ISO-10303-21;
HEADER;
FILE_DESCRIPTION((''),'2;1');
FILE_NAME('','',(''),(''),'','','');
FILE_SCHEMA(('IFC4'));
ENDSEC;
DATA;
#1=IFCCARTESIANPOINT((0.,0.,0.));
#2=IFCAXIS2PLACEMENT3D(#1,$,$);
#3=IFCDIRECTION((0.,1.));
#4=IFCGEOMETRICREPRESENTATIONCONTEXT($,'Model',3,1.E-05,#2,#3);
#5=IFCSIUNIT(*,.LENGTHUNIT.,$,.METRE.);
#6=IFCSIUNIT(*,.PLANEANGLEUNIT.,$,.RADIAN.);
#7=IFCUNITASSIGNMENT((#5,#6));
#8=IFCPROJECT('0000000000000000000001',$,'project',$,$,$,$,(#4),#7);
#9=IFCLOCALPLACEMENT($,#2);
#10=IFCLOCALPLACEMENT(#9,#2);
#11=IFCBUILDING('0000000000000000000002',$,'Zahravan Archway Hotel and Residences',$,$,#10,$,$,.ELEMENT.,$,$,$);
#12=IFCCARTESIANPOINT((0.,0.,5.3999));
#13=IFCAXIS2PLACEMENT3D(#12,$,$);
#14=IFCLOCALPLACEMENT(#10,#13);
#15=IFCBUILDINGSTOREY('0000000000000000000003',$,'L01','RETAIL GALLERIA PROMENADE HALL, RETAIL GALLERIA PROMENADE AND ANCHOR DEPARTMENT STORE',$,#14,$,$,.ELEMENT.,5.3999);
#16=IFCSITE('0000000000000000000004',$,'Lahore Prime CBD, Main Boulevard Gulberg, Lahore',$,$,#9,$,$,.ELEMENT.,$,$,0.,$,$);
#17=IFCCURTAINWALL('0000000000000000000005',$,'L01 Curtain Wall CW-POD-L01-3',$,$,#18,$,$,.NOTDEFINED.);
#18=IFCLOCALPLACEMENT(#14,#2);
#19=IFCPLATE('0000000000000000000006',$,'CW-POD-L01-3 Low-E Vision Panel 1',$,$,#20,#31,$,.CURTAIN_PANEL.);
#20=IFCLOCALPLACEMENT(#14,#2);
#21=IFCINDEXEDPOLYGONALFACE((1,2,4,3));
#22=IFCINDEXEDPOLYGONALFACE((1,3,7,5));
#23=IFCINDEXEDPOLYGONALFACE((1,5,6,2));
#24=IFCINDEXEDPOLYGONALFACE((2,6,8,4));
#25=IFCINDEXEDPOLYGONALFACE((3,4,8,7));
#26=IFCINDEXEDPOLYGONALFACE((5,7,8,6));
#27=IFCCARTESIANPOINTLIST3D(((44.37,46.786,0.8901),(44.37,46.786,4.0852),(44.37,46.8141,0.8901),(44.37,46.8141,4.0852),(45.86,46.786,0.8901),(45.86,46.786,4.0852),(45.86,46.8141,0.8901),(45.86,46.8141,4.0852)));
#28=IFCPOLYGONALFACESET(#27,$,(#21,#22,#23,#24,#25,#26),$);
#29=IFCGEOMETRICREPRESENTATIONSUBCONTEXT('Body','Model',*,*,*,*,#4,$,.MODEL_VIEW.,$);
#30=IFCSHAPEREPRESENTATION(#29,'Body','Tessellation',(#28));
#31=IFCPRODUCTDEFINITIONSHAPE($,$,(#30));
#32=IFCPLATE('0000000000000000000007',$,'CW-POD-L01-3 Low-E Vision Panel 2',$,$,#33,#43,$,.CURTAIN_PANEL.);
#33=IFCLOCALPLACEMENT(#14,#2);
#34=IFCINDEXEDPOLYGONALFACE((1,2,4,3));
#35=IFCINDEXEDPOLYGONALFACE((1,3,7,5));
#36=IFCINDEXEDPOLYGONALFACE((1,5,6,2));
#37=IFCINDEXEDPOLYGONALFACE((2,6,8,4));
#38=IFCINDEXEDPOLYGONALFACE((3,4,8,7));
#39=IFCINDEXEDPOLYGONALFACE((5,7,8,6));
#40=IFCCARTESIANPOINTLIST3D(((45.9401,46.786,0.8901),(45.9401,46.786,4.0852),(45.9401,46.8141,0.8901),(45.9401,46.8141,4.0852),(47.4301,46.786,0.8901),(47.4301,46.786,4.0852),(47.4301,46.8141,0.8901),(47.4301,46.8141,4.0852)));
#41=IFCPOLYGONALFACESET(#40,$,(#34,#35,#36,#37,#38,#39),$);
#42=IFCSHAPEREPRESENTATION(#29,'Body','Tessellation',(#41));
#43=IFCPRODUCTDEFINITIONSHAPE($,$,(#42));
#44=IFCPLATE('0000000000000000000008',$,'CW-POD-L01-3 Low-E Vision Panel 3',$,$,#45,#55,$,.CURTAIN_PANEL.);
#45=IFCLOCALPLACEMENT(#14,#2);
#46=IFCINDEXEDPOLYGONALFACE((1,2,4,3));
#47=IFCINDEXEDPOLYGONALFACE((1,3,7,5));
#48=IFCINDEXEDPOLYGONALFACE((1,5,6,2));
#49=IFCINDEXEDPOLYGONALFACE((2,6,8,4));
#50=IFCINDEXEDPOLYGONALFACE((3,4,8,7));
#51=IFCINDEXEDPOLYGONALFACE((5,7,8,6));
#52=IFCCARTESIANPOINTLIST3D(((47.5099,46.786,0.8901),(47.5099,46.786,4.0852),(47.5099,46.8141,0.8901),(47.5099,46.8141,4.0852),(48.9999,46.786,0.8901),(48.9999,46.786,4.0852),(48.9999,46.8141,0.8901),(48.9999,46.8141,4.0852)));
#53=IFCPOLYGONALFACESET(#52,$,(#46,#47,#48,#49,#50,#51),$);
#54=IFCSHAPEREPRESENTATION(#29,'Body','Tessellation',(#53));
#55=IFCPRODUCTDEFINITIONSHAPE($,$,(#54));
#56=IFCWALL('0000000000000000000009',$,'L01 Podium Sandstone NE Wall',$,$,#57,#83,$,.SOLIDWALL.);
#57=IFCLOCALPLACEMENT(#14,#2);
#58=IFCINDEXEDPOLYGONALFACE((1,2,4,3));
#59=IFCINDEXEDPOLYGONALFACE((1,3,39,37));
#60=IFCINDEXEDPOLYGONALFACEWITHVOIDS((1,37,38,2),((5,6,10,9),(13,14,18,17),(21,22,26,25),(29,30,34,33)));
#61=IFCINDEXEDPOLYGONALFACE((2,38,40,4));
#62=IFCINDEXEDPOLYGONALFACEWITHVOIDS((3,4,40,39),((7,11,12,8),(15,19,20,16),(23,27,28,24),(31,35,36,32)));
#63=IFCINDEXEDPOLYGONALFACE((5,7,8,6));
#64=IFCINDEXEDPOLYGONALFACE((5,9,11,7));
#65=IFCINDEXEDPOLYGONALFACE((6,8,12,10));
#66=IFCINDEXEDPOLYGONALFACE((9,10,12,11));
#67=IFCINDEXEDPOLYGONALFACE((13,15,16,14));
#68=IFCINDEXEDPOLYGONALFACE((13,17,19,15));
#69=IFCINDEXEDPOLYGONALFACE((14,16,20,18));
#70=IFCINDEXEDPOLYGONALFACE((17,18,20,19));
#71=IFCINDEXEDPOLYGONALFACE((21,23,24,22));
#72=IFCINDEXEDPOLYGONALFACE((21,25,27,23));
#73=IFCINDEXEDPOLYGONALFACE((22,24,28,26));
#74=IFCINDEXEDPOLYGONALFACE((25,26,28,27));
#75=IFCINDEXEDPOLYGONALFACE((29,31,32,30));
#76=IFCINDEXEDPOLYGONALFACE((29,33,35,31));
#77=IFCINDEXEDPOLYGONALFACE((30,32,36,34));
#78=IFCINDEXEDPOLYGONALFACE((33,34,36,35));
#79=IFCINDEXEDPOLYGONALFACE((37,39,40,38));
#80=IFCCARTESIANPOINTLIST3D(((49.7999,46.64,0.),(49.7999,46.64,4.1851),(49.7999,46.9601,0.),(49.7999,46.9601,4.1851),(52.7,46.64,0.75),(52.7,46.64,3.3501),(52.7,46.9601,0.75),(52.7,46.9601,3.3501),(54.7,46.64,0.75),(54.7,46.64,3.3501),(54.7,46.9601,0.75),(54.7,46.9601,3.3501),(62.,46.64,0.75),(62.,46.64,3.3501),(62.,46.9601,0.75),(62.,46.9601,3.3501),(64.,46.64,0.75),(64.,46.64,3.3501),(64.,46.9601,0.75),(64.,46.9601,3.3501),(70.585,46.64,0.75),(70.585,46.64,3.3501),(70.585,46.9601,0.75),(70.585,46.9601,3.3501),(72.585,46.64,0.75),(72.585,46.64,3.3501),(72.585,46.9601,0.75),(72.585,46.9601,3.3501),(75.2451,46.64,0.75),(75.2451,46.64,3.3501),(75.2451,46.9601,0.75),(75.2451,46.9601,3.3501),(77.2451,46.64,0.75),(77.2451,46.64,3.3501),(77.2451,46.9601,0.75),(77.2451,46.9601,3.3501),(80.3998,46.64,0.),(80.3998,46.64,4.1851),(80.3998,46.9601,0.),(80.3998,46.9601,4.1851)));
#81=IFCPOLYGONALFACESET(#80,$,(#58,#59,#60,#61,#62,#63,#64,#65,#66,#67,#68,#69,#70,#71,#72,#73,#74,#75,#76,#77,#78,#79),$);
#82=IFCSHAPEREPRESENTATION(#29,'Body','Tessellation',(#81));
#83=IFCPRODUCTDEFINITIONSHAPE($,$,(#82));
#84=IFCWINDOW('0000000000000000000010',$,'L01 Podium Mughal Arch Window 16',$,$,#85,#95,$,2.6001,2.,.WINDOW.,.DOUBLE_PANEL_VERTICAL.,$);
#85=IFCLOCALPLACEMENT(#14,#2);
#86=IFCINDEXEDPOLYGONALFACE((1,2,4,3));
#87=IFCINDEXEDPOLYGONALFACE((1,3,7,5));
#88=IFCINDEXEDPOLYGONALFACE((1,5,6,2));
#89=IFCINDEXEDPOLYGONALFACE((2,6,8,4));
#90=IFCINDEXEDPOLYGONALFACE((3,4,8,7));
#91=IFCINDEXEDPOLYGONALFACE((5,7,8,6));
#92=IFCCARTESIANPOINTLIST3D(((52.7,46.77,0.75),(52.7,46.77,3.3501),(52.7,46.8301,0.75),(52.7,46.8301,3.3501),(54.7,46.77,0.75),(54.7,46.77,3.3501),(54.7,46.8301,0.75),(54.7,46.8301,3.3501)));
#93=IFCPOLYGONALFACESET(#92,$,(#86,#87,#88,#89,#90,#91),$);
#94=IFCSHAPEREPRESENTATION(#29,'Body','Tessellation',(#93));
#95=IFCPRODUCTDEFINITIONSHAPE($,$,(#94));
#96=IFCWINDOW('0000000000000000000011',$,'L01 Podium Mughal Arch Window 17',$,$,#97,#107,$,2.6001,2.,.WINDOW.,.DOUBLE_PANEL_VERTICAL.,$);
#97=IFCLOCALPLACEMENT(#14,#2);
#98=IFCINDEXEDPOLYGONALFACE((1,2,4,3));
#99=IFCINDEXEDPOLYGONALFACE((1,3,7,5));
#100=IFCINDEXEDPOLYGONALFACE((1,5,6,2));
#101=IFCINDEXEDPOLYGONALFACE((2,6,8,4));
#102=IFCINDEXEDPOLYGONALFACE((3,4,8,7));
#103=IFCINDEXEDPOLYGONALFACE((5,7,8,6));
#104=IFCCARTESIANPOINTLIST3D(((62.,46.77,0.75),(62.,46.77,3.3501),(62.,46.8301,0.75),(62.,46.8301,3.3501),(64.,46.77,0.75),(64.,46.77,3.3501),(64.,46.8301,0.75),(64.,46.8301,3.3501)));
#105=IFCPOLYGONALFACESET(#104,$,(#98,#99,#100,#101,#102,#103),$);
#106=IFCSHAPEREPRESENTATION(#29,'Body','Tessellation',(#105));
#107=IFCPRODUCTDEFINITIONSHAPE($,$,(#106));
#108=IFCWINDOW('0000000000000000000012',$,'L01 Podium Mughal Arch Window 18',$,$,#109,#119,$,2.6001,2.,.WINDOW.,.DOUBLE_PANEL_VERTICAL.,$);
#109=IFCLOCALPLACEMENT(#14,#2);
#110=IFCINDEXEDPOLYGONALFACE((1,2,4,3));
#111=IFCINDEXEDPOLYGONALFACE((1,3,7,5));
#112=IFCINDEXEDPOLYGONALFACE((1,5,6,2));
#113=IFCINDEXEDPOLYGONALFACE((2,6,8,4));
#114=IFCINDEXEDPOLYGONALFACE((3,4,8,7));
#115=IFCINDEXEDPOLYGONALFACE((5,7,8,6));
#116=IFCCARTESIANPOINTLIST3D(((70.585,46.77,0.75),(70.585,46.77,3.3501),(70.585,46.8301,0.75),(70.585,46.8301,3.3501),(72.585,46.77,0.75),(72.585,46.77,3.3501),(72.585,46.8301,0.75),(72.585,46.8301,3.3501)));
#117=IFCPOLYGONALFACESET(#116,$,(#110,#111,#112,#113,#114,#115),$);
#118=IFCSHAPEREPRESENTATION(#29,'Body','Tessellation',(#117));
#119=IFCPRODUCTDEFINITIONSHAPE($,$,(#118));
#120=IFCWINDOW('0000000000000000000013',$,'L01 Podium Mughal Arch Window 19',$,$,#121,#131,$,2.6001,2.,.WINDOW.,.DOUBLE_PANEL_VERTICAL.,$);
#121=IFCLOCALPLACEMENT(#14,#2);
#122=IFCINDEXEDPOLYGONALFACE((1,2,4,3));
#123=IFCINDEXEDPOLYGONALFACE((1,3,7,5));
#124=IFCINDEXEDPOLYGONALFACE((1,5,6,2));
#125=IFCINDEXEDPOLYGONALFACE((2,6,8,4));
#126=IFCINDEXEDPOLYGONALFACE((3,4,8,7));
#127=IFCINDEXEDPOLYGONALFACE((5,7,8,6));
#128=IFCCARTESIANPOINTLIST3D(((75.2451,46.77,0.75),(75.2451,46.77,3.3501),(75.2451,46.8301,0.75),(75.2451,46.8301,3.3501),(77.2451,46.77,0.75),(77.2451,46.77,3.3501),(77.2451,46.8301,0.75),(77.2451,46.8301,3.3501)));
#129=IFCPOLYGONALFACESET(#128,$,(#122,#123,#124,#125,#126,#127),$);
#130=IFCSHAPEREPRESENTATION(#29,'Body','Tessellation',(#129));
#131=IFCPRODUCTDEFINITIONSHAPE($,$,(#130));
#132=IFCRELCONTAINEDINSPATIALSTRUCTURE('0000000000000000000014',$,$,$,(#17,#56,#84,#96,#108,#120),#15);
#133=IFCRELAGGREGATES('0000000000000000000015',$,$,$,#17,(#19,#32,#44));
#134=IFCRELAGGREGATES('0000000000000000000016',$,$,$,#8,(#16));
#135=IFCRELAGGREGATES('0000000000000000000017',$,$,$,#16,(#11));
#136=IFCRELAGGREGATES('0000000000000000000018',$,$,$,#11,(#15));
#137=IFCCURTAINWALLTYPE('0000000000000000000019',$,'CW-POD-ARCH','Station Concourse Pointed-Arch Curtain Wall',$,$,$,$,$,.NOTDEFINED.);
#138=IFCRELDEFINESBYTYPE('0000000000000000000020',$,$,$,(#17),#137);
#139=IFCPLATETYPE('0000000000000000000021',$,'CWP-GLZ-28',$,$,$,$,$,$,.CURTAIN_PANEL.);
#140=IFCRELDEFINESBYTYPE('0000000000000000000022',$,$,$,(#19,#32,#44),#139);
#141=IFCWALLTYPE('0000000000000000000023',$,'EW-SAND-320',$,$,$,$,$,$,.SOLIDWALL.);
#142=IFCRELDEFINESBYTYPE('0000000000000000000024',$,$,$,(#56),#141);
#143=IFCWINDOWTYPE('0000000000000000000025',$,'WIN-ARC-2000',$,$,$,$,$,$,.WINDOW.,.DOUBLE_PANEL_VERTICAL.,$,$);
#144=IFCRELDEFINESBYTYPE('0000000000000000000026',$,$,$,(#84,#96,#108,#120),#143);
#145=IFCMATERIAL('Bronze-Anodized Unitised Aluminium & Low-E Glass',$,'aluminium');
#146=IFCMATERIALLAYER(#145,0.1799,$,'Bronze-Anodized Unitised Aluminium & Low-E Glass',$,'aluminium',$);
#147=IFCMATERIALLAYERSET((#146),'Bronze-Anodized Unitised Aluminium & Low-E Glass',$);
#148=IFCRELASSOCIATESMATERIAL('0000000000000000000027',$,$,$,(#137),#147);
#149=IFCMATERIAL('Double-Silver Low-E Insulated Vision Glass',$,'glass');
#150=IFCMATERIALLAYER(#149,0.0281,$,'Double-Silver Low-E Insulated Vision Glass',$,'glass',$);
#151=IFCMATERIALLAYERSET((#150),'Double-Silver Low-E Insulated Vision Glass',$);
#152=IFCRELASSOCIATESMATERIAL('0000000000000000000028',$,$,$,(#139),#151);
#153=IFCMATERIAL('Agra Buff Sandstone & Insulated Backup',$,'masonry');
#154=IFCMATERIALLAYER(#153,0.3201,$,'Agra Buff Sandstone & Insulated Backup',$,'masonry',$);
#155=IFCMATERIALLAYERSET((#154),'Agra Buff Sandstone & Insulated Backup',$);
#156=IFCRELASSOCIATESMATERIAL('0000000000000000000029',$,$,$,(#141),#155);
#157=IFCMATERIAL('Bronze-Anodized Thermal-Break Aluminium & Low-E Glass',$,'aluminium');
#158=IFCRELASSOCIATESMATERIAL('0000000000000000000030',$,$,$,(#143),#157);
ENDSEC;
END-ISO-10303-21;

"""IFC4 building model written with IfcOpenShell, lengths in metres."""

from ifc_helpers import new_model, si_unit, direction, frame, frame_2d, origin, origin_2d, place, context, subcontext, project, spatial, rectangle, extrude, source, transform, mapped, material, layer, layer_set, type_object, type_shapes, element, fill, aggregate, save


model = new_model("IFC4")

# Units and contexts
model_context = context("Model", 3, precision=1e-05, world=origin(), true_north=direction((0.0, 1.0)))
body_context = subcontext(model_context, "Body", "Model", "MODEL_VIEW")
ifc_project = project(units=[si_unit("LENGTHUNIT", "METRE"), si_unit("PLANEANGLEUNIT", "RADIAN")], contexts=[model_context])

# Site, building, storey
site_placement = place(None, origin())
site = spatial("IfcSite", under=ifc_project, at=site_placement, Name="Lahore Prime CBD, Main Boulevard Gulberg, Lahore", CompositionType="ELEMENT", RefElevation=0.0)
building_placement = place(site_placement, origin())
building = spatial("IfcBuilding", under=site, at=building_placement, Name="Zahravan Archway Hotel and Residences", CompositionType="ELEMENT")
storey_placement = place(building_placement, frame((0.0, 0.0, 5.3999)))
storey = spatial("IfcBuildingStorey", under=building, at=storey_placement, Name="L01", Description="RETAIL GALLERIA PROMENADE HALL, RETAIL GALLERIA PROMENADE AND ANCHOR DEPARTMENT STORE", CompositionType="ELEMENT", Elevation=5.3999)

# Curtain wall, plates
ifc_material_1 = material(Name="Bronze-Anodized Unitised Aluminium & Low-E Glass", Category="aluminium")
ifc_layer_1 = layer(ifc_material_1, 0.1799, Name="Bronze-Anodized Unitised Aluminium & Low-E Glass", Category="aluminium")
ifc_layer_set_1 = layer_set([ifc_layer_1], Name="Bronze-Anodized Unitised Aluminium & Low-E Glass")
curtain_wall_type = type_object("IfcCurtainWallType", Name="CW-POD-ARCH", Description="Station Concourse Pointed-Arch Curtain Wall", PredefinedType="NOTDEFINED", material=ifc_layer_set_1)
curtain_wall_placement = place(storey_placement, origin())
curtain_wall = element("IfcCurtainWall", 1, at=curtain_wall_placement, inside=storey, type_object=curtain_wall_type, Name="L01 Curtain Wall CW-POD-L01-3", PredefinedType="NOTDEFINED")
ifc_material_2 = material(Name="Double-Silver Low-E Insulated Vision Glass", Category="glass")
ifc_layer_2 = layer(ifc_material_2, 0.0281, Name="Double-Silver Low-E Insulated Vision Glass", Category="glass")
ifc_layer_set_2 = layer_set([ifc_layer_2], Name="Double-Silver Low-E Insulated Vision Glass")
plate_type_1 = type_object("IfcPlateType", Name="CWP-GLZ-28", PredefinedType="CURTAIN_PANEL", material=ifc_layer_set_2)
shared_shape_1 = source(origin(), body_context, "Body", "SweptSolid", [
    extrude(rectangle(XDim=1.49, YDim=0.0281, at=origin_2d()), origin(), (0.0, 0.0, 1.0), 3.1951),
])
plate_1_placement = place(storey_placement, frame((45.115, 46.8, 0.8901), z_axis=(0.0, 0.0, 1.0), x_axis=(1.0, 0.0, 0.0)))
plate_1 = element("IfcPlate", 2, at=plate_1_placement, type_object=plate_type_1, Name="CW-POD-L01-3 Low-E Vision Panel 1", PredefinedType="CURTAIN_PANEL", context=body_context, shape_type="MappedRepresentation", body=[
    mapped(shared_shape_1, transform((0.0, 0.0, 0.0), scale=1.0)),
])
plate_2_placement = place(storey_placement, frame((46.6851, 46.8, 0.8901), z_axis=(0.0, 0.0, 1.0), x_axis=(1.0, 0.0, 0.0)))
plate_2 = element("IfcPlate", 3, at=plate_2_placement, type_object=plate_type_1, Name="CW-POD-L01-3 Low-E Vision Panel 2", PredefinedType="CURTAIN_PANEL", context=body_context, shape_type="MappedRepresentation", body=[
    mapped(shared_shape_1, transform((0.0, 0.0, 0.0), scale=1.0)),
])
plate_3_placement = place(storey_placement, frame((48.2549, 46.8, 0.8901), z_axis=(0.0, 0.0, 1.0), x_axis=(1.0, 0.0, 0.0)))
plate_3 = element("IfcPlate", 4, at=plate_3_placement, type_object=plate_type_1, Name="CW-POD-L01-3 Low-E Vision Panel 3", PredefinedType="CURTAIN_PANEL", context=body_context, shape_type="MappedRepresentation", body=[
    mapped(shared_shape_1, transform((0.0, 0.0, 0.0), scale=1.0)),
])
aggregate(curtain_wall, [plate_1, plate_2, plate_3])

# Wall, openings, windows
ifc_material_3 = material(Name="Agra Buff Sandstone & Insulated Backup", Category="masonry")
ifc_layer_3 = layer(ifc_material_3, 0.3201, Name="Agra Buff Sandstone & Insulated Backup", Category="masonry")
ifc_layer_set_3 = layer_set([ifc_layer_3], Name="Agra Buff Sandstone & Insulated Backup")
wall_type = type_object("IfcWallType", Name="EW-SAND-320", PredefinedType="SOLIDWALL", material=ifc_layer_set_3)
wall_placement = place(storey_placement, frame((49.8, 46.8, 0.0), z_axis=(0.0, 0.0, 1.0), x_axis=(1.0, 0.0, 0.0)))
wall = element("IfcWall", 5, at=wall_placement, inside=storey, type_object=wall_type, Name="L01 Podium Sandstone NE Wall", PredefinedType="SOLIDWALL", context=body_context, shape_type="SweptSolid", body=[
    extrude(rectangle(XDim=30.5999, YDim=0.3201, at=frame_2d((15.2998, 0.0))), origin(), (0.0, 0.0, 1.0), 4.1851),
])
opening_1_placement = place(wall_placement, frame((2.8999, 0.0, 0.75)))
opening_1 = element("IfcOpeningElement", 6, at=opening_1_placement, cuts=wall, PredefinedType="OPENING", context=body_context, shape_type="SweptSolid", body=[
    extrude(rectangle(XDim=2.0, YDim=2.6001, at=frame_2d((1.0, 1.3))), frame((0.0, 0.1699, 0.0), z_axis=(0.0, -1.0, 0.0), x_axis=(1.0, 0.0, 0.0)), (0.0, 0.0, 1.0), 0.3401),
])
opening_2_placement = place(wall_placement, frame((12.2, 0.0, 0.75)))
opening_2 = element("IfcOpeningElement", 7, at=opening_2_placement, cuts=wall, PredefinedType="OPENING", context=body_context, shape_type="SweptSolid", body=[
    extrude(rectangle(XDim=2.0, YDim=2.6001, at=frame_2d((1.0, 1.3))), frame((0.0, 0.1699, 0.0), z_axis=(0.0, -1.0, 0.0), x_axis=(1.0, 0.0, 0.0)), (0.0, 0.0, 1.0), 0.3401),
])
opening_3_placement = place(wall_placement, frame((20.7849, 0.0, 0.75)))
opening_3 = element("IfcOpeningElement", 8, at=opening_3_placement, cuts=wall, PredefinedType="OPENING", context=body_context, shape_type="SweptSolid", body=[
    extrude(rectangle(XDim=2.0, YDim=2.6001, at=frame_2d((1.0, 1.3))), frame((0.0, 0.1699, 0.0), z_axis=(0.0, -1.0, 0.0), x_axis=(1.0, 0.0, 0.0)), (0.0, 0.0, 1.0), 0.3401),
])
opening_4_placement = place(wall_placement, frame((25.4451, 0.0, 0.75)))
opening_4 = element("IfcOpeningElement", 9, at=opening_4_placement, cuts=wall, PredefinedType="OPENING", context=body_context, shape_type="SweptSolid", body=[
    extrude(rectangle(XDim=2.0, YDim=2.6001, at=frame_2d((1.0, 1.3))), frame((0.0, 0.1699, 0.0), z_axis=(0.0, -1.0, 0.0), x_axis=(1.0, 0.0, 0.0)), (0.0, 0.0, 1.0), 0.3401),
])
ifc_material_4 = material(Name="Bronze-Anodized Thermal-Break Aluminium & Low-E Glass", Category="aluminium")
window_type = type_object("IfcWindowType", Name="WIN-ARC-2000", PartitioningType="DOUBLE_PANEL_VERTICAL", PredefinedType="WINDOW", material=ifc_material_4)
shared_shape_2 = source(origin(), body_context, "Body", "SweptSolid", [
    extrude(rectangle(XDim=2.0, YDim=2.6001, at=frame_2d((1.0, 1.3))), frame((0.0, 0.03, 0.0), z_axis=(0.0, -1.0, 0.0), x_axis=(1.0, 0.0, 0.0)), (0.0, 0.0, 1.0), 0.0601),
])
type_shapes(window_type, [shared_shape_2])
window_1_placement = place(opening_1_placement, origin())
window_1 = element("IfcWindow", 10, at=window_1_placement, inside=storey, type_object=window_type, Name="L01 Podium Mughal Arch Window 16", OverallHeight=2.6001, OverallWidth=2.0, PartitioningType="DOUBLE_PANEL_VERTICAL", PredefinedType="WINDOW", context=body_context, shape_type="MappedRepresentation", body=[
    mapped(shared_shape_2, transform((0.0, 0.0, 0.0), scale=1.0)),
])
fill(opening_1, window_1)
window_2_placement = place(opening_2_placement, origin())
window_2 = element("IfcWindow", 11, at=window_2_placement, inside=storey, type_object=window_type, Name="L01 Podium Mughal Arch Window 17", OverallHeight=2.6001, OverallWidth=2.0, PartitioningType="DOUBLE_PANEL_VERTICAL", PredefinedType="WINDOW", context=body_context, shape_type="MappedRepresentation", body=[
    mapped(shared_shape_2, transform((0.0, 0.0, 0.0), scale=1.0)),
])
fill(opening_2, window_2)
window_3_placement = place(opening_3_placement, origin())
window_3 = element("IfcWindow", 12, at=window_3_placement, inside=storey, type_object=window_type, Name="L01 Podium Mughal Arch Window 18", OverallHeight=2.6001, OverallWidth=2.0, PartitioningType="DOUBLE_PANEL_VERTICAL", PredefinedType="WINDOW", context=body_context, shape_type="MappedRepresentation", body=[
    mapped(shared_shape_2, transform((0.0, 0.0, 0.0), scale=1.0)),
])
fill(opening_3, window_3)
window_4_placement = place(opening_4_placement, origin())
window_4 = element("IfcWindow", 13, at=window_4_placement, inside=storey, type_object=window_type, Name="L01 Podium Mughal Arch Window 19", OverallHeight=2.6001, OverallWidth=2.0, PartitioningType="DOUBLE_PANEL_VERTICAL", PredefinedType="WINDOW", context=body_context, shape_type="MappedRepresentation", body=[
    mapped(shared_shape_2, transform((0.0, 0.0, 0.0), scale=1.0)),
])
fill(opening_4, window_4)

save(model, "model.ifc")
